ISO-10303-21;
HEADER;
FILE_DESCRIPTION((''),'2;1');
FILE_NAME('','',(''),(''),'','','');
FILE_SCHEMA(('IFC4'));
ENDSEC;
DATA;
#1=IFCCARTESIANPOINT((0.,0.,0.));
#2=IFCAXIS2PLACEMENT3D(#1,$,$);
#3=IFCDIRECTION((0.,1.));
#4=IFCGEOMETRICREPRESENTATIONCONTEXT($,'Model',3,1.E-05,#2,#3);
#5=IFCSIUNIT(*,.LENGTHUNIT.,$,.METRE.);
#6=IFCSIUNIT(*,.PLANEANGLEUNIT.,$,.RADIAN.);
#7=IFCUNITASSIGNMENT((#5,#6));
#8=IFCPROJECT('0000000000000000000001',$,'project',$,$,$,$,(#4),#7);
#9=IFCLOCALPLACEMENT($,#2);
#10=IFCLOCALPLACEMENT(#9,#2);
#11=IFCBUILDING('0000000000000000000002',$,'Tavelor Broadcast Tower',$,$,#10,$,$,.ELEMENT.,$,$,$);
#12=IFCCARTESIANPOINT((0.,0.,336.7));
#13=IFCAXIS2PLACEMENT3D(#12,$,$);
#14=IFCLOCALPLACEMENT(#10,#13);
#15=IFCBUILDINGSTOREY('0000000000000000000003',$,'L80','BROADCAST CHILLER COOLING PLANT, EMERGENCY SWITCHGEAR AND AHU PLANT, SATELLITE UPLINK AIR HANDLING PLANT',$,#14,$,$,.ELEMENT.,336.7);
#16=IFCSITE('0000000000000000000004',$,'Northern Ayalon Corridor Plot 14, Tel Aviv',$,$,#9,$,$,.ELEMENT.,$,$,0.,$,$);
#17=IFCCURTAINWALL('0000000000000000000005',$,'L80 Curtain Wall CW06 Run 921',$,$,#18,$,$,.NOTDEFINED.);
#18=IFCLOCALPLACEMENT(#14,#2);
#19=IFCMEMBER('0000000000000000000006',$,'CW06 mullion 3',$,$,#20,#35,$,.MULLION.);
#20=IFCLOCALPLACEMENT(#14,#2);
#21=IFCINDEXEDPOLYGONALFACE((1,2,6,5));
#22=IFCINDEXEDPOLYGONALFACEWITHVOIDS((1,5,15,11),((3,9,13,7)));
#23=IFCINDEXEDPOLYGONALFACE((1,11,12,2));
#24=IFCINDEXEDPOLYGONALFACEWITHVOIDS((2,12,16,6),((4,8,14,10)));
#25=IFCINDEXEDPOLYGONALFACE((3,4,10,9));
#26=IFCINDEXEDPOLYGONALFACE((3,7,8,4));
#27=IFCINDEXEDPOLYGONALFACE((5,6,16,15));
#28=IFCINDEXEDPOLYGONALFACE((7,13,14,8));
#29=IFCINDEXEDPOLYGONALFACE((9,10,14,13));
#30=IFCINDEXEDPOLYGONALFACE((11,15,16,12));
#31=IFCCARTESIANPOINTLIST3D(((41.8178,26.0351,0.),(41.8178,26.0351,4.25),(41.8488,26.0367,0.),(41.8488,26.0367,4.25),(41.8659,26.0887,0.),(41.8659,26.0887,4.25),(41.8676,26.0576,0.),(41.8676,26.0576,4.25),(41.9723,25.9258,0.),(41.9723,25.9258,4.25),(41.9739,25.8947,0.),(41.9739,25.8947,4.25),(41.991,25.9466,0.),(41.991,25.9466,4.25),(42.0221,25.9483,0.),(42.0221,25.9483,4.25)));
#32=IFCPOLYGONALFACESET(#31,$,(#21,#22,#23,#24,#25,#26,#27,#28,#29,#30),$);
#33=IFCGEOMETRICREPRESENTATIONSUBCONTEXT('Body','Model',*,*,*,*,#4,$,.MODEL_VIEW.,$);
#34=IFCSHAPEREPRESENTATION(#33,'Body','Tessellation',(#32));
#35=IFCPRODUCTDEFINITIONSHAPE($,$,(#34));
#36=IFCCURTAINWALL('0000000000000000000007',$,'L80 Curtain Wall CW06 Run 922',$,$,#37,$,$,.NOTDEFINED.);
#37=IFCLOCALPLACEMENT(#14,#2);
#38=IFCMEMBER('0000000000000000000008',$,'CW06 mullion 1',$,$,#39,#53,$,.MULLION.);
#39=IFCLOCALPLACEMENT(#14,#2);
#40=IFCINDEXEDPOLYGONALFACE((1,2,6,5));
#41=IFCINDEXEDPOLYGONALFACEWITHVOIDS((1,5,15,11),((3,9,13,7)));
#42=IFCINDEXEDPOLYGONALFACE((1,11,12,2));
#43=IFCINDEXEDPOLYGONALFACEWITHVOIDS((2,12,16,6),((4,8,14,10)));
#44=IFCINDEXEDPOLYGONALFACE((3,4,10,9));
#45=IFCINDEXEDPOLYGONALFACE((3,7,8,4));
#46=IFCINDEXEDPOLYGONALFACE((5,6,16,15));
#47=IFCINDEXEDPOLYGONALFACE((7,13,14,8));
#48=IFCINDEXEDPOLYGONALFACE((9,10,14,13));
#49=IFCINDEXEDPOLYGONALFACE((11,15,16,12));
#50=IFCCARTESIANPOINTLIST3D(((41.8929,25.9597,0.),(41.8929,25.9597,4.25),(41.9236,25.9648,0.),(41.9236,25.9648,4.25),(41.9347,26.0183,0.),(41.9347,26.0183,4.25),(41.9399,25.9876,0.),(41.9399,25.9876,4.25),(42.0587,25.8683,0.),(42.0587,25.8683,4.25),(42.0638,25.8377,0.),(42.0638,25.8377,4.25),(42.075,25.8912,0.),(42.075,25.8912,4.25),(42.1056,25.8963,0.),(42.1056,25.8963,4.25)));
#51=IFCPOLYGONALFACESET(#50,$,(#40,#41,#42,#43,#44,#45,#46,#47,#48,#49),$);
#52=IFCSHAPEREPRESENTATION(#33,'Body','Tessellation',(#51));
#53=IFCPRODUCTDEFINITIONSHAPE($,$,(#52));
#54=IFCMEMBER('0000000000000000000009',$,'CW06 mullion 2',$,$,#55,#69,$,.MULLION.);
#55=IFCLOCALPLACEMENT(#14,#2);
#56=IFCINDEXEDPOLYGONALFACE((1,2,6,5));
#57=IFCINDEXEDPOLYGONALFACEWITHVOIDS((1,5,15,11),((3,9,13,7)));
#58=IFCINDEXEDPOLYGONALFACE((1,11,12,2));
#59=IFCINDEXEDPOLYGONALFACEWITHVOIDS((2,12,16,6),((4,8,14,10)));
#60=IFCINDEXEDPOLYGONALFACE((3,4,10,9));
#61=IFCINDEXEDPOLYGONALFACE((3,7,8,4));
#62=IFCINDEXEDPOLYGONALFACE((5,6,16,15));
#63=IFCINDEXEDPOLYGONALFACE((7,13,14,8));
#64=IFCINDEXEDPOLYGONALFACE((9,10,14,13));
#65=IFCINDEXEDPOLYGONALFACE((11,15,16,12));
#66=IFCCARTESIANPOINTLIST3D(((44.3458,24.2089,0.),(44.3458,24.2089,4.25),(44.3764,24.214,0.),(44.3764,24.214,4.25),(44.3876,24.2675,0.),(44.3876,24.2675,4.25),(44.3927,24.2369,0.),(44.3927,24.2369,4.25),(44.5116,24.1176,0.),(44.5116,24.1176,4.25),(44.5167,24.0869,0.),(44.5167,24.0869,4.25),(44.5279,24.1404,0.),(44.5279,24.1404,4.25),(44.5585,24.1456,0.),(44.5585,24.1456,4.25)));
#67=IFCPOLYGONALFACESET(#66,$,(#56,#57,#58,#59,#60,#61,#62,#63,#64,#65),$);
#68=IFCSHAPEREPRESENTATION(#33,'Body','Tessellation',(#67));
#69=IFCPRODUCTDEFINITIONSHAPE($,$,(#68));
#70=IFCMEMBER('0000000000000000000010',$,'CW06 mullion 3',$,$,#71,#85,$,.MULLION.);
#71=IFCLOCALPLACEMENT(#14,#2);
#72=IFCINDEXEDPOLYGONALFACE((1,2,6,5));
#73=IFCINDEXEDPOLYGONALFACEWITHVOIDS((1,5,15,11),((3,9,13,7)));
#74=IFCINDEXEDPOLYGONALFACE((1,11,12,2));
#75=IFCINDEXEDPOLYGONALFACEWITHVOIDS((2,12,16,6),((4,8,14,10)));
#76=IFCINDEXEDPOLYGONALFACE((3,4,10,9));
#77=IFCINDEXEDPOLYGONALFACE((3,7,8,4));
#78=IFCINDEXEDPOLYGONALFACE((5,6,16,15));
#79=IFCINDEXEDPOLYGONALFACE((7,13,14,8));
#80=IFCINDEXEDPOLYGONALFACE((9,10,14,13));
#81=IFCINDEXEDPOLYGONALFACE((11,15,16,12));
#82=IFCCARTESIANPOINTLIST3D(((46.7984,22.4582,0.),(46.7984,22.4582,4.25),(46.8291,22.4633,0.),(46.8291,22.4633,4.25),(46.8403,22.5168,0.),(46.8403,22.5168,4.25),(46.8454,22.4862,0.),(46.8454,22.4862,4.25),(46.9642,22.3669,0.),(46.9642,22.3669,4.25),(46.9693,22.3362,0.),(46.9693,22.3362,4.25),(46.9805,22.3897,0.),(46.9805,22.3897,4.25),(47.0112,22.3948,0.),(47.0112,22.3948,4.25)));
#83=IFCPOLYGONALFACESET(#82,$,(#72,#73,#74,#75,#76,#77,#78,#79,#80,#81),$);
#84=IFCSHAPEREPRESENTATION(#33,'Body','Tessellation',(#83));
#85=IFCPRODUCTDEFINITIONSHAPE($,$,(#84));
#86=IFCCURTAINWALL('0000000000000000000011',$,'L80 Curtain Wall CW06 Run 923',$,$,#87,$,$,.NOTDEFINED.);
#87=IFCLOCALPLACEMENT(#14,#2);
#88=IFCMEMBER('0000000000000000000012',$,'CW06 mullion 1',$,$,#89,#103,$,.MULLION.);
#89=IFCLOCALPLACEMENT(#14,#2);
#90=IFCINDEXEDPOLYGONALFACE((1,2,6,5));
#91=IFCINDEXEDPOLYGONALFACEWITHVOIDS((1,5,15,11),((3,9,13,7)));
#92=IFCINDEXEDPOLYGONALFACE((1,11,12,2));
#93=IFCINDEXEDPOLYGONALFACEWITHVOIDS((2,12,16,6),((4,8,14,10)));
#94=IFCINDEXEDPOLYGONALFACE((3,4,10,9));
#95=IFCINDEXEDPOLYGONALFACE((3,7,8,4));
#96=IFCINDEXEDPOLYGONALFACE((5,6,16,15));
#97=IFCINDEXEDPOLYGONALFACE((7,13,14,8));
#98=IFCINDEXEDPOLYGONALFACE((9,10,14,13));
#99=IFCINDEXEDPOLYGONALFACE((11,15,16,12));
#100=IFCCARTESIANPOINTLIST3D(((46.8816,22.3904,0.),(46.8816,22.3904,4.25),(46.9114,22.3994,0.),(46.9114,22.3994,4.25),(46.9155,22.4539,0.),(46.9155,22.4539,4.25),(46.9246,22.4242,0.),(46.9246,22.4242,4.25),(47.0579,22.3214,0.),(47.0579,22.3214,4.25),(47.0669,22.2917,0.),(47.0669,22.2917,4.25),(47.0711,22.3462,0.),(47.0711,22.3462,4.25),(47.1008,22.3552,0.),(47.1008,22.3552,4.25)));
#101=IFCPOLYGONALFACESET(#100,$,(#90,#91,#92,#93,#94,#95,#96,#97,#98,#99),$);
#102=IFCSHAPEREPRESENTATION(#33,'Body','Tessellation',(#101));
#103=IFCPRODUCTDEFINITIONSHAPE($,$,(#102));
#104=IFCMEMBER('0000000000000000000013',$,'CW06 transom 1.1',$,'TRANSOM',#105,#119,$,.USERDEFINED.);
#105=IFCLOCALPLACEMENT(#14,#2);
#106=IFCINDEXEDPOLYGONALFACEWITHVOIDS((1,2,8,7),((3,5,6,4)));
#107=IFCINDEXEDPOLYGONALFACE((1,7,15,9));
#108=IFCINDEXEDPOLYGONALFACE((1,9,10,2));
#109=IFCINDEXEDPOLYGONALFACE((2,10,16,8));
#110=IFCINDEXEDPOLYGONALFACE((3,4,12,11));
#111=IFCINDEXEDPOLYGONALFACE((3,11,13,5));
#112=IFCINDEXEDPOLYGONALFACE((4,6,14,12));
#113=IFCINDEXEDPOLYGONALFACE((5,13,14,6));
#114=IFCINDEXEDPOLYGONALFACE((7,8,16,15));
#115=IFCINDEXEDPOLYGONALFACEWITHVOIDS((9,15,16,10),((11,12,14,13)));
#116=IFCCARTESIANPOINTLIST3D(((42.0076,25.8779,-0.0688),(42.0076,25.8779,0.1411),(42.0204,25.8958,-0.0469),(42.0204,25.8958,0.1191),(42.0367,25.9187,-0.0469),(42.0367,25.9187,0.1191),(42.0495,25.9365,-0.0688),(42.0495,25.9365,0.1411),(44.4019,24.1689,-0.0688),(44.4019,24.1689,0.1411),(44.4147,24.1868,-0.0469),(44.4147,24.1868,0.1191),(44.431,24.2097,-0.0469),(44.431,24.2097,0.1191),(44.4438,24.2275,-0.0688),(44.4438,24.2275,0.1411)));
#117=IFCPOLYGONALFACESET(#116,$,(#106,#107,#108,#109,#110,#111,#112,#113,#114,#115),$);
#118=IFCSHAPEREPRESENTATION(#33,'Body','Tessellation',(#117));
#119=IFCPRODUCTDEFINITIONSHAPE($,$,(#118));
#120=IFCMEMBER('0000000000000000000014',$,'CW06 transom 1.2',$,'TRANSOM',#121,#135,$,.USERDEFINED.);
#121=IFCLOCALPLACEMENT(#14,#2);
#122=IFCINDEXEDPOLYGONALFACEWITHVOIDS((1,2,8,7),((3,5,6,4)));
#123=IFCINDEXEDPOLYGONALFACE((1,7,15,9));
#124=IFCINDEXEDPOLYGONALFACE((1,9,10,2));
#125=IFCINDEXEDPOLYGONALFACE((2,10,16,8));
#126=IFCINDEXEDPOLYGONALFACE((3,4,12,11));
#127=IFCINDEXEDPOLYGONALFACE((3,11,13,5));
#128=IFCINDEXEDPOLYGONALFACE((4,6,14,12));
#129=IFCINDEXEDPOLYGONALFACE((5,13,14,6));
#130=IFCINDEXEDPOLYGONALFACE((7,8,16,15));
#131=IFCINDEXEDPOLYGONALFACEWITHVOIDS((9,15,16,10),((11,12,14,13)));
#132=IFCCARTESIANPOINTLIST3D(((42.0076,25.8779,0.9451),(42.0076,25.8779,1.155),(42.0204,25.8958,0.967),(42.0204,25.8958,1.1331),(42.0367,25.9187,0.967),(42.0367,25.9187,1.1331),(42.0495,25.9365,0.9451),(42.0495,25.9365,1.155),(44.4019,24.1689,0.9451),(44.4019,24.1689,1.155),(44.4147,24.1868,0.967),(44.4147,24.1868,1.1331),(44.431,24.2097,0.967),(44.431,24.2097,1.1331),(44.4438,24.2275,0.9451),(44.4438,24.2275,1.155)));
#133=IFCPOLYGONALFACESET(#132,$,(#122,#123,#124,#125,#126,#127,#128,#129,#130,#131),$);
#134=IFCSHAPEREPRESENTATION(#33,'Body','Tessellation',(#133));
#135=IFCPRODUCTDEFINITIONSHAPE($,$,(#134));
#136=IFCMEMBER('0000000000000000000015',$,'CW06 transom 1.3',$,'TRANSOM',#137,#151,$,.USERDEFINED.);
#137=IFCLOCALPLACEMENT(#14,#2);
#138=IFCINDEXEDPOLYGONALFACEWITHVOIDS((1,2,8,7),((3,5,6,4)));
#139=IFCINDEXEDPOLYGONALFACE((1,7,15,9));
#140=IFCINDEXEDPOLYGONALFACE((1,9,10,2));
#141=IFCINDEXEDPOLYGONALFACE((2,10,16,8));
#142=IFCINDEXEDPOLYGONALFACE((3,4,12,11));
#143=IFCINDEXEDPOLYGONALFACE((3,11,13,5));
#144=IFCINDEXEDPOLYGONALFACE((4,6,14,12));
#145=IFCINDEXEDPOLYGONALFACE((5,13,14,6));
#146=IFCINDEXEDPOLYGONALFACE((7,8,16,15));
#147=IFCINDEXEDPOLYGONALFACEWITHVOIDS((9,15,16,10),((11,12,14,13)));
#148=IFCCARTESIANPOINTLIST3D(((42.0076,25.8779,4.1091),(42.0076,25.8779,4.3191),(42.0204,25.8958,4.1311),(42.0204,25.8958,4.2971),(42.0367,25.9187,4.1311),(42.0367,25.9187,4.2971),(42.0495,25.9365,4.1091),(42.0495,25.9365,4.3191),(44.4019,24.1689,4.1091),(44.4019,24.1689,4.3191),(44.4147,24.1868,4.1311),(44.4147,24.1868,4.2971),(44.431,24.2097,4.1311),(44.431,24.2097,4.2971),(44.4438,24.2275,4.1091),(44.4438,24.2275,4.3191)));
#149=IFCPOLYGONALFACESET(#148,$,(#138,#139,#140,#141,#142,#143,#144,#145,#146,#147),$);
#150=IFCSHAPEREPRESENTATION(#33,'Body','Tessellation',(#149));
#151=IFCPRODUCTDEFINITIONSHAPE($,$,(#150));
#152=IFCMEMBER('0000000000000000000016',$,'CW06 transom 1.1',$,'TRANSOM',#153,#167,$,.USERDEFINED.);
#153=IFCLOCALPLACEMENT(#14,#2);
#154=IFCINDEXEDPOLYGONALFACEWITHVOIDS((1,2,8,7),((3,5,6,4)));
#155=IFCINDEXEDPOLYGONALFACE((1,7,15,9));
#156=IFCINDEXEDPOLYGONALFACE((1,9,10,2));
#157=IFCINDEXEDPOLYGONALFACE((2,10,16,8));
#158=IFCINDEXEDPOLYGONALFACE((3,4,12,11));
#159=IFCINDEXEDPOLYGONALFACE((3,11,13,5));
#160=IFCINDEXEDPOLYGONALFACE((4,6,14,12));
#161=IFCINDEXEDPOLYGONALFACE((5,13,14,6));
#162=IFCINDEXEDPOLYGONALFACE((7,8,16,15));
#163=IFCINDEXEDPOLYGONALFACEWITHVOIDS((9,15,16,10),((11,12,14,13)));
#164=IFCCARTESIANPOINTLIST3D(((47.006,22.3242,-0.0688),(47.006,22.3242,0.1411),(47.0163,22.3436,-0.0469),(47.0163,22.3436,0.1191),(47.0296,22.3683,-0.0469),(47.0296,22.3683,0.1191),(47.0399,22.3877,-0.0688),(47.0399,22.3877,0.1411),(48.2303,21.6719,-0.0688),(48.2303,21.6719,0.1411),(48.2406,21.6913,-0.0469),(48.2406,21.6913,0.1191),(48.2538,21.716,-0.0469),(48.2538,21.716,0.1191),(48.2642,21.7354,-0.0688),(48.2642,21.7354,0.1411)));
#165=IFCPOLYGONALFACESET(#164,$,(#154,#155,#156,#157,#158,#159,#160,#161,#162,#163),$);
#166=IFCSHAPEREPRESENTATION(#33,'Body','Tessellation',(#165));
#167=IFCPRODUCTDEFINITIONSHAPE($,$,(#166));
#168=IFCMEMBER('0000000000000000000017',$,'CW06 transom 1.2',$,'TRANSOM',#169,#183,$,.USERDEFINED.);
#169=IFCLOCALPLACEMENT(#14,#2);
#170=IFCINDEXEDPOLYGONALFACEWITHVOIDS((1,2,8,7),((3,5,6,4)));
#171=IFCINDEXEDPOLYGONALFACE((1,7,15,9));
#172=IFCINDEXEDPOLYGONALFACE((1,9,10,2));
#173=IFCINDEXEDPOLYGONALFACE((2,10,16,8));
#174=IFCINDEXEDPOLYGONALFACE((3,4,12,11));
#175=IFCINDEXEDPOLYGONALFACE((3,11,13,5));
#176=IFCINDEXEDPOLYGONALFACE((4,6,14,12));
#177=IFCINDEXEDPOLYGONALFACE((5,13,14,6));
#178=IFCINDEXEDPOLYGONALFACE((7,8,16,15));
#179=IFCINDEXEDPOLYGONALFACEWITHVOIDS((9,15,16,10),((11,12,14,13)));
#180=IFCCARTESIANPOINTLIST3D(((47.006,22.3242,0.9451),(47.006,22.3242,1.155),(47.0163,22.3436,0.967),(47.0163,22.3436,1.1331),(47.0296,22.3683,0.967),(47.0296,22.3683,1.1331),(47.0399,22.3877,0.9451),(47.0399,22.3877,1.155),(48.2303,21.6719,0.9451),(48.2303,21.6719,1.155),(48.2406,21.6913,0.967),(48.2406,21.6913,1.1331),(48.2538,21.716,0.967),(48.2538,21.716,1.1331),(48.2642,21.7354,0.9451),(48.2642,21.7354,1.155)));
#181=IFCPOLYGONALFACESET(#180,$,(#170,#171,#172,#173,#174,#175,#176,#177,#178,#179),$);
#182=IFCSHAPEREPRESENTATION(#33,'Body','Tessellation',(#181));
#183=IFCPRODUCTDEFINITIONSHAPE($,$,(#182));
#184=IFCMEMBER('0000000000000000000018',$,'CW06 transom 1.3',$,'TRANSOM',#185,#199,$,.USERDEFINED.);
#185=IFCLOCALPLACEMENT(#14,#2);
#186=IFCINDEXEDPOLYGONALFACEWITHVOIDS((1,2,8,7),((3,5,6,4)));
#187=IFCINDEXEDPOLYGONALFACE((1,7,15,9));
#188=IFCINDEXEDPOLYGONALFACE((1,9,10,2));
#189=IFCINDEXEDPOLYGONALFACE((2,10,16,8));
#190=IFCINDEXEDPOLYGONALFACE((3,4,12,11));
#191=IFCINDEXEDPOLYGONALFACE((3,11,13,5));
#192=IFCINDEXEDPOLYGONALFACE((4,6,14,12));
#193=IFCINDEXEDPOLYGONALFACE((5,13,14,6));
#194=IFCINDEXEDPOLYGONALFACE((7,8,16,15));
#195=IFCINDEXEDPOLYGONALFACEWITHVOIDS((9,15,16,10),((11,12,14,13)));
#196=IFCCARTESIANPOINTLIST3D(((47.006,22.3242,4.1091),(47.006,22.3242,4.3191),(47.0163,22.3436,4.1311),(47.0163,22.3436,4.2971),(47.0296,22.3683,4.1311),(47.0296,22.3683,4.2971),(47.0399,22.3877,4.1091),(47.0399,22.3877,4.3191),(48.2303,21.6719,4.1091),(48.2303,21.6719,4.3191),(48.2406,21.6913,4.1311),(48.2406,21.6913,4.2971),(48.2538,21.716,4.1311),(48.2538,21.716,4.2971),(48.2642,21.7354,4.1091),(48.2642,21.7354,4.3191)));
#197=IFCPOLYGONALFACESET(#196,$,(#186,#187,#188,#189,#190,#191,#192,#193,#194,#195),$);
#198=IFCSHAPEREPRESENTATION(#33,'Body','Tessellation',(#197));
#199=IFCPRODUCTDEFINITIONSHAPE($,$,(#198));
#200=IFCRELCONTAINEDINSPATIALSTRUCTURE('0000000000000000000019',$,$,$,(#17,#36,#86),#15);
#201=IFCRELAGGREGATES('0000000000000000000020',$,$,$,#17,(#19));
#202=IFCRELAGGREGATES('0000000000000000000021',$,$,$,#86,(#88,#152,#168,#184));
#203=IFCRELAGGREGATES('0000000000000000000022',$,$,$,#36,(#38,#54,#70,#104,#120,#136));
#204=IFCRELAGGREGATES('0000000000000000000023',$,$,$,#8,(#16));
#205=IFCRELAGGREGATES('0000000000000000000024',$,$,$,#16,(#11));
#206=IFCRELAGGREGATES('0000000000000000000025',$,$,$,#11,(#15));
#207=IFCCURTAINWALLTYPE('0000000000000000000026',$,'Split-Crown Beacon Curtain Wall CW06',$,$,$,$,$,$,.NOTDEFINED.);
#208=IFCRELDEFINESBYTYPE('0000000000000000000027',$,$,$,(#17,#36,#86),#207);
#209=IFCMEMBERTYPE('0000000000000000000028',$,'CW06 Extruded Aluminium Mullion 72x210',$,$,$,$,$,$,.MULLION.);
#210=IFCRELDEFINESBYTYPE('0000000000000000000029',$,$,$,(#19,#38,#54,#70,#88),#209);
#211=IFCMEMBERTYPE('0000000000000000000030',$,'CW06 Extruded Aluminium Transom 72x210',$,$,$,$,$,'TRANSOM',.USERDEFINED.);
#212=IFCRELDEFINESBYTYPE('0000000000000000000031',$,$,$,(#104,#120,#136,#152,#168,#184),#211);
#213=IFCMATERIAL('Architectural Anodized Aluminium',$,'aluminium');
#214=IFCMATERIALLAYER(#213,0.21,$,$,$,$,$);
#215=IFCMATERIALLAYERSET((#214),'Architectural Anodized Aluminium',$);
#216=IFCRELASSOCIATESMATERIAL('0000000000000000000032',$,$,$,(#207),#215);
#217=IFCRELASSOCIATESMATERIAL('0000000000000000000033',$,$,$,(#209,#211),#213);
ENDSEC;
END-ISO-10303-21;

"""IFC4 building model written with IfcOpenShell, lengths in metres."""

from ifc_helpers import new_model, si_unit, direction, frame, origin, origin_2d, place, context, subcontext, project, spatial, hollow_rectangle, extrude, source, transform, mapped, material, layer, layer_set, material_profile, profile_set, type_object, type_shapes, element, aggregate, save


model = new_model("IFC4")

# Units and contexts
model_context = context("Model", 3, precision=1e-05, world=origin(), true_north=direction((0.0, 1.0)))
body_context = subcontext(model_context, "Body", "Model", "MODEL_VIEW")
ifc_project = project(units=[si_unit("LENGTHUNIT", "METRE"), si_unit("PLANEANGLEUNIT", "RADIAN")], contexts=[model_context])

# Site, building, storey
site_placement = place(None, origin())
site = spatial("IfcSite", under=ifc_project, at=site_placement, Name="Northern Ayalon Corridor Plot 14, Tel Aviv", CompositionType="ELEMENT", RefElevation=0.0)
building_placement = place(site_placement, origin())
building = spatial("IfcBuilding", under=site, at=building_placement, Name="Tavelor Broadcast Tower", CompositionType="ELEMENT")
storey_placement = place(building_placement, frame((0.0, 0.0, 336.7)))
storey = spatial("IfcBuildingStorey", under=building, at=storey_placement, Name="L80", Description="BROADCAST CHILLER COOLING PLANT, EMERGENCY SWITCHGEAR AND AHU PLANT, SATELLITE UPLINK AIR HANDLING PLANT", CompositionType="ELEMENT", Elevation=336.7)

# Curtain wall, member
ifc_material_1 = material(Name="Architectural Anodized Aluminium", Category="aluminium")
ifc_layer_1 = layer(ifc_material_1, 0.21)
ifc_layer_set_1 = layer_set([ifc_layer_1], Name="Architectural Anodized Aluminium")
curtain_wall_type = type_object("IfcCurtainWallType", Name="Split-Crown Beacon Curtain Wall CW06", PredefinedType="NOTDEFINED", material=ifc_layer_set_1)
curtain_wall_1_placement = place(storey_placement, origin())
curtain_wall_1 = element("IfcCurtainWall", 1, at=curtain_wall_1_placement, inside=storey, type_object=curtain_wall_type, Name="L80 Curtain Wall CW06 Run 921", PredefinedType="NOTDEFINED")
ifc_material_profile_1 = material_profile(ifc_material_1, hollow_rectangle(XDim=0.072, YDim=0.21, WallThickness=0.022, at=origin_2d()), Name="RHS 72x210x22")
ifc_profile_set_1 = profile_set([ifc_material_profile_1], Name="Architectural Anodized Aluminium")
member_type_1 = type_object("IfcMemberType", Name="CW06 Extruded Aluminium Mullion 72x210", PredefinedType="MULLION", material=ifc_profile_set_1)
shared_shape_1 = source(origin(), body_context, "Body", "SweptSolid", [
    extrude(hollow_rectangle(XDim=0.072, YDim=0.21, WallThickness=0.022, at=origin_2d()), origin(), (0.0, 0.0, 1.0), 4.25),
])
type_shapes(member_type_1, [shared_shape_1])
member_1_placement = place(storey_placement, frame((41.9199, 25.9917, 0.0), z_axis=(0.0, 0.0, 1.0), x_axis=(0.668501, 0.743711, 0.0)))
member_1 = element("IfcMember", 2, at=member_1_placement, type_object=member_type_1, Name="CW06 mullion 3", PredefinedType="MULLION", context=body_context, shape_type="MappedRepresentation", body=[
    mapped(shared_shape_1, transform((0.0, 0.0, 0.0), scale=1.0)),
])
aggregate(curtain_wall_1, [member_1])

# Curtain wall, members
curtain_wall_2_placement = place(storey_placement, origin())
curtain_wall_2 = element("IfcCurtainWall", 3, at=curtain_wall_2_placement, inside=storey, type_object=curtain_wall_type, Name="L80 Curtain Wall CW06 Run 922", PredefinedType="NOTDEFINED")
member_2_placement = place(storey_placement, frame((41.9993, 25.928, 0.0), z_axis=(0.0, 0.0, 1.0), x_axis=(0.58099, 0.813911, 0.0)))
member_2 = element("IfcMember", 4, at=member_2_placement, type_object=member_type_1, Name="CW06 mullion 1", PredefinedType="MULLION", context=body_context, shape_type="MappedRepresentation", body=[
    mapped(shared_shape_1, transform((0.0, 0.0, 0.0), scale=1.0)),
])
member_3_placement = place(storey_placement, frame((44.4521, 24.1772, 0.0), z_axis=(0.0, 0.0, 1.0), x_axis=(0.58099, 0.813911, 0.0)))
member_3 = element("IfcMember", 5, at=member_3_placement, type_object=member_type_1, Name="CW06 mullion 2", PredefinedType="MULLION", context=body_context, shape_type="MappedRepresentation", body=[
    mapped(shared_shape_1, transform((0.0, 0.0, 0.0), scale=1.0)),
])
member_4_placement = place(storey_placement, frame((46.9048, 22.4265, 0.0), z_axis=(0.0, 0.0, 1.0), x_axis=(0.58099, 0.813911, 0.0)))
member_4 = element("IfcMember", 6, at=member_4_placement, type_object=member_type_1, Name="CW06 mullion 3", PredefinedType="MULLION", context=body_context, shape_type="MappedRepresentation", body=[
    mapped(shared_shape_1, transform((0.0, 0.0, 0.0), scale=1.0)),
])

# Curtain wall, member
curtain_wall_3_placement = place(storey_placement, origin())
curtain_wall_3 = element("IfcCurtainWall", 7, at=curtain_wall_3_placement, inside=storey, type_object=curtain_wall_type, Name="L80 Curtain Wall CW06 Run 923", PredefinedType="NOTDEFINED")
member_5_placement = place(storey_placement, frame((46.9912, 22.3728, 0.0), z_axis=(0.0, 0.0, 1.0), x_axis=(0.470209, 0.882555, 0.0)))
member_5 = element("IfcMember", 8, at=member_5_placement, type_object=member_type_1, Name="CW06 mullion 1", PredefinedType="MULLION", context=body_context, shape_type="MappedRepresentation", body=[
    mapped(shared_shape_1, transform((0.0, 0.0, 0.0), scale=1.0)),
])

# Members
ifc_material_profile_2 = material_profile(ifc_material_1, hollow_rectangle(XDim=0.072, YDim=0.21, WallThickness=0.022, at=origin_2d()), Name="RHS 72x210x22")
ifc_profile_set_2 = profile_set([ifc_material_profile_2], Name="Architectural Anodized Aluminium")
member_type_2 = type_object("IfcMemberType", Name="CW06 Extruded Aluminium Transom 72x210", ElementType="TRANSOM", PredefinedType="USERDEFINED", material=ifc_profile_set_2)
shared_shape_2 = source(origin(), body_context, "Body", "SweptSolid", [
    extrude(hollow_rectangle(XDim=0.072, YDim=0.21, WallThickness=0.022, at=origin_2d()), origin(), (0.0, 0.0, 1.0), 2.9417),
])
member_6_placement = place(storey_placement, frame((42.0286, 25.9072, 0.0361), z_axis=(0.81393, -0.580963, 0.0), x_axis=(0.580963, 0.81393, 0.0)))
member_6 = element("IfcMember", 9, at=member_6_placement, type_object=member_type_2, Name="CW06 transom 1.1", ObjectType="TRANSOM", PredefinedType="USERDEFINED", context=body_context, shape_type="MappedRepresentation", body=[
    mapped(shared_shape_2, transform((0.0, 0.0, 0.0), scale=1.0)),
])
member_7_placement = place(storey_placement, frame((42.0286, 25.9072, 1.05), z_axis=(0.81393, -0.580963, 0.0), x_axis=(0.580963, 0.81393, 0.0)))
member_7 = element("IfcMember", 10, at=member_7_placement, type_object=member_type_2, Name="CW06 transom 1.2", ObjectType="TRANSOM", PredefinedType="USERDEFINED", context=body_context, shape_type="MappedRepresentation", body=[
    mapped(shared_shape_2, transform((0.0, 0.0, 0.0), scale=1.0)),
])
member_8_placement = place(storey_placement, frame((42.0286, 25.9072, 4.2141), z_axis=(0.81393, -0.580963, 0.0), x_axis=(0.580963, 0.81393, 0.0)))
member_8 = element("IfcMember", 11, at=member_8_placement, type_object=member_type_2, Name="CW06 transom 1.3", ObjectType="TRANSOM", PredefinedType="USERDEFINED", context=body_context, shape_type="MappedRepresentation", body=[
    mapped(shared_shape_2, transform((0.0, 0.0, 0.0), scale=1.0)),
])
shared_shape_3 = source(origin(), body_context, "Body", "SweptSolid", [
    extrude(hollow_rectangle(XDim=0.072, YDim=0.21, WallThickness=0.022, at=origin_2d()), origin(), (0.0, 0.0, 1.0), 1.3872),
])
member_9_placement = place(storey_placement, frame((47.0229, 22.356, 0.0361), z_axis=(0.882548, -0.470223, 0.0), x_axis=(0.470223, 0.882548, 0.0)))
member_9 = element("IfcMember", 12, at=member_9_placement, type_object=member_type_2, Name="CW06 transom 1.1", ObjectType="TRANSOM", PredefinedType="USERDEFINED", context=body_context, shape_type="MappedRepresentation", body=[
    mapped(shared_shape_3, transform((0.0, 0.0, 0.0), scale=1.0)),
])
member_10_placement = place(storey_placement, frame((47.0229, 22.356, 1.05), z_axis=(0.882548, -0.470223, 0.0), x_axis=(0.470223, 0.882548, 0.0)))
member_10 = element("IfcMember", 13, at=member_10_placement, type_object=member_type_2, Name="CW06 transom 1.2", ObjectType="TRANSOM", PredefinedType="USERDEFINED", context=body_context, shape_type="MappedRepresentation", body=[
    mapped(shared_shape_3, transform((0.0, 0.0, 0.0), scale=1.0)),
])
member_11_placement = place(storey_placement, frame((47.0229, 22.356, 4.2141), z_axis=(0.882548, -0.470223, 0.0), x_axis=(0.470223, 0.882548, 0.0)))
member_11 = element("IfcMember", 14, at=member_11_placement, type_object=member_type_2, Name="CW06 transom 1.3", ObjectType="TRANSOM", PredefinedType="USERDEFINED", context=body_context, shape_type="MappedRepresentation", body=[
    mapped(shared_shape_3, transform((0.0, 0.0, 0.0), scale=1.0)),
])
aggregate(curtain_wall_3, [member_5, member_9, member_10, member_11])

aggregate(curtain_wall_2, [member_2, member_3, member_4, member_6, member_7, member_8])

save(model, "model.ifc")
